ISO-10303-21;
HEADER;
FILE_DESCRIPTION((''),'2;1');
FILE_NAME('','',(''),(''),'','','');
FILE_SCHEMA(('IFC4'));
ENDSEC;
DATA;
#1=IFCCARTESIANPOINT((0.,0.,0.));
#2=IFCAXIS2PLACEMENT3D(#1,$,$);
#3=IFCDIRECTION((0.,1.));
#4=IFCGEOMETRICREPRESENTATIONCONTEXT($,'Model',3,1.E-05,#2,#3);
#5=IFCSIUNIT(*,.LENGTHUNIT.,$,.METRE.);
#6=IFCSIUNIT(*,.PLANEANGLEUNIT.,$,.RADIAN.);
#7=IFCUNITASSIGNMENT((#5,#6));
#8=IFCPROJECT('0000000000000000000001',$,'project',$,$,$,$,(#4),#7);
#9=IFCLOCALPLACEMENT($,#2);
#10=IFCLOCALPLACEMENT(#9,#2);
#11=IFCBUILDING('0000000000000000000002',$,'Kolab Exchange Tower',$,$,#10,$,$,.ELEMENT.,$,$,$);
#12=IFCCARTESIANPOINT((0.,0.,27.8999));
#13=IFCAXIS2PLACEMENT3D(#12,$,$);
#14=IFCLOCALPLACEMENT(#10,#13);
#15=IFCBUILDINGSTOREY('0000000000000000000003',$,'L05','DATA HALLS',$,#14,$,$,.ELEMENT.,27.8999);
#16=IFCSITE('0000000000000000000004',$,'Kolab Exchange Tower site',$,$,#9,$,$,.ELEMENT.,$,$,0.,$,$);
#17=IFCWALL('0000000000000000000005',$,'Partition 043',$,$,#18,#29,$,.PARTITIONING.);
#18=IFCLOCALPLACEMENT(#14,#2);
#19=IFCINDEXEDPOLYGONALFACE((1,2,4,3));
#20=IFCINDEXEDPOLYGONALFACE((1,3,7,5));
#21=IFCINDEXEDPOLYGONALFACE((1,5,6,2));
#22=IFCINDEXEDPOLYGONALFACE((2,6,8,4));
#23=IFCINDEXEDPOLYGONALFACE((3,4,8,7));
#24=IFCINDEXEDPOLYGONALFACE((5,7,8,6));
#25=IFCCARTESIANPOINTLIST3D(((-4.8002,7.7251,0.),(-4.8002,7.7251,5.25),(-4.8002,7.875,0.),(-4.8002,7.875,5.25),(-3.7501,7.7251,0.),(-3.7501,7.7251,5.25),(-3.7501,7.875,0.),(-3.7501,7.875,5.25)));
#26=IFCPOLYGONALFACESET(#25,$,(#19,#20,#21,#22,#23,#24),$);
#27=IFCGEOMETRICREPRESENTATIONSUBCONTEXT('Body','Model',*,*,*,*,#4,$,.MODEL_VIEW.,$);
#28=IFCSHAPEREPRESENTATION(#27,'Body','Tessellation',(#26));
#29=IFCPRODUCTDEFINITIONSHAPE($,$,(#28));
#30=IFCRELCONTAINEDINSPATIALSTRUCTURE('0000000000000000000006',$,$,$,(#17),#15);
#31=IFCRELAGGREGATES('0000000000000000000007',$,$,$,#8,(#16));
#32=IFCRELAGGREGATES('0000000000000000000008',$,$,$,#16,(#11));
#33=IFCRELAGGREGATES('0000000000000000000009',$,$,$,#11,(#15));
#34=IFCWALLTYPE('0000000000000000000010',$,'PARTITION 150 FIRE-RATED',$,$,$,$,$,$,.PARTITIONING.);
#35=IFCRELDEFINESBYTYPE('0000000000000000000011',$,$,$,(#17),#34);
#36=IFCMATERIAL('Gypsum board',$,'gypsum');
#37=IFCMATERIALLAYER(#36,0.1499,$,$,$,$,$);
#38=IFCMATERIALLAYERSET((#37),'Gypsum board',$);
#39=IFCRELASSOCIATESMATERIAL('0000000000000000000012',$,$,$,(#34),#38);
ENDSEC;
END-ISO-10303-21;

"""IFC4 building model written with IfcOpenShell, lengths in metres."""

from ifc_helpers import new_model, si_unit, direction, frame, frame_2d, origin, place, context, subcontext, project, spatial, rectangle, extrude, material, layer, layer_set, type_object, element, save


model = new_model("IFC4")

# Units and contexts
model_context = context("Model", 3, precision=1e-05, world=origin(), true_north=direction((0.0, 1.0)))
body_context = subcontext(model_context, "Body", "Model", "MODEL_VIEW")
ifc_project = project(units=[si_unit("LENGTHUNIT", "METRE"), si_unit("PLANEANGLEUNIT", "RADIAN")], contexts=[model_context])

# Site, building, storey
site_placement = place(None, origin())
site = spatial("IfcSite", under=ifc_project, at=site_placement, Name="Kolab Exchange Tower site", CompositionType="ELEMENT", RefElevation=0.0)
building_placement = place(site_placement, origin())
building = spatial("IfcBuilding", under=site, at=building_placement, Name="Kolab Exchange Tower", CompositionType="ELEMENT")
storey_placement = place(building_placement, frame((0.0, 0.0, 27.8999)))
storey = spatial("IfcBuildingStorey", under=building, at=storey_placement, Name="L05", Description="DATA HALLS", CompositionType="ELEMENT", Elevation=27.8999)

# Wall
ifc_material_1 = material(Name="Gypsum board", Category="gypsum")
ifc_layer_1 = layer(ifc_material_1, 0.1499)
ifc_layer_set_1 = layer_set([ifc_layer_1], Name="Gypsum board")
wall_type_1 = type_object("IfcWallType", Name="PARTITION 150 FIRE-RATED", PredefinedType="PARTITIONING", material=ifc_layer_set_1)
wall_1_placement = place(storey_placement, frame((-4.8, 7.8, 0.0), z_axis=(0.0, 0.0, 1.0), x_axis=(1.0, 0.0, 0.0)))
element("IfcWall", 1, at=wall_1_placement, inside=storey, type_object=wall_type_1, Name="Partition 043", PredefinedType="PARTITIONING", context=body_context, shape_type="SweptSolid", body=[
    extrude(rectangle(XDim=1.05, YDim=0.1499, at=frame_2d((0.5249, 0.0))), origin(), (0.0, 0.0, 1.0), 5.25),
])

save(model, "model.ifc")
